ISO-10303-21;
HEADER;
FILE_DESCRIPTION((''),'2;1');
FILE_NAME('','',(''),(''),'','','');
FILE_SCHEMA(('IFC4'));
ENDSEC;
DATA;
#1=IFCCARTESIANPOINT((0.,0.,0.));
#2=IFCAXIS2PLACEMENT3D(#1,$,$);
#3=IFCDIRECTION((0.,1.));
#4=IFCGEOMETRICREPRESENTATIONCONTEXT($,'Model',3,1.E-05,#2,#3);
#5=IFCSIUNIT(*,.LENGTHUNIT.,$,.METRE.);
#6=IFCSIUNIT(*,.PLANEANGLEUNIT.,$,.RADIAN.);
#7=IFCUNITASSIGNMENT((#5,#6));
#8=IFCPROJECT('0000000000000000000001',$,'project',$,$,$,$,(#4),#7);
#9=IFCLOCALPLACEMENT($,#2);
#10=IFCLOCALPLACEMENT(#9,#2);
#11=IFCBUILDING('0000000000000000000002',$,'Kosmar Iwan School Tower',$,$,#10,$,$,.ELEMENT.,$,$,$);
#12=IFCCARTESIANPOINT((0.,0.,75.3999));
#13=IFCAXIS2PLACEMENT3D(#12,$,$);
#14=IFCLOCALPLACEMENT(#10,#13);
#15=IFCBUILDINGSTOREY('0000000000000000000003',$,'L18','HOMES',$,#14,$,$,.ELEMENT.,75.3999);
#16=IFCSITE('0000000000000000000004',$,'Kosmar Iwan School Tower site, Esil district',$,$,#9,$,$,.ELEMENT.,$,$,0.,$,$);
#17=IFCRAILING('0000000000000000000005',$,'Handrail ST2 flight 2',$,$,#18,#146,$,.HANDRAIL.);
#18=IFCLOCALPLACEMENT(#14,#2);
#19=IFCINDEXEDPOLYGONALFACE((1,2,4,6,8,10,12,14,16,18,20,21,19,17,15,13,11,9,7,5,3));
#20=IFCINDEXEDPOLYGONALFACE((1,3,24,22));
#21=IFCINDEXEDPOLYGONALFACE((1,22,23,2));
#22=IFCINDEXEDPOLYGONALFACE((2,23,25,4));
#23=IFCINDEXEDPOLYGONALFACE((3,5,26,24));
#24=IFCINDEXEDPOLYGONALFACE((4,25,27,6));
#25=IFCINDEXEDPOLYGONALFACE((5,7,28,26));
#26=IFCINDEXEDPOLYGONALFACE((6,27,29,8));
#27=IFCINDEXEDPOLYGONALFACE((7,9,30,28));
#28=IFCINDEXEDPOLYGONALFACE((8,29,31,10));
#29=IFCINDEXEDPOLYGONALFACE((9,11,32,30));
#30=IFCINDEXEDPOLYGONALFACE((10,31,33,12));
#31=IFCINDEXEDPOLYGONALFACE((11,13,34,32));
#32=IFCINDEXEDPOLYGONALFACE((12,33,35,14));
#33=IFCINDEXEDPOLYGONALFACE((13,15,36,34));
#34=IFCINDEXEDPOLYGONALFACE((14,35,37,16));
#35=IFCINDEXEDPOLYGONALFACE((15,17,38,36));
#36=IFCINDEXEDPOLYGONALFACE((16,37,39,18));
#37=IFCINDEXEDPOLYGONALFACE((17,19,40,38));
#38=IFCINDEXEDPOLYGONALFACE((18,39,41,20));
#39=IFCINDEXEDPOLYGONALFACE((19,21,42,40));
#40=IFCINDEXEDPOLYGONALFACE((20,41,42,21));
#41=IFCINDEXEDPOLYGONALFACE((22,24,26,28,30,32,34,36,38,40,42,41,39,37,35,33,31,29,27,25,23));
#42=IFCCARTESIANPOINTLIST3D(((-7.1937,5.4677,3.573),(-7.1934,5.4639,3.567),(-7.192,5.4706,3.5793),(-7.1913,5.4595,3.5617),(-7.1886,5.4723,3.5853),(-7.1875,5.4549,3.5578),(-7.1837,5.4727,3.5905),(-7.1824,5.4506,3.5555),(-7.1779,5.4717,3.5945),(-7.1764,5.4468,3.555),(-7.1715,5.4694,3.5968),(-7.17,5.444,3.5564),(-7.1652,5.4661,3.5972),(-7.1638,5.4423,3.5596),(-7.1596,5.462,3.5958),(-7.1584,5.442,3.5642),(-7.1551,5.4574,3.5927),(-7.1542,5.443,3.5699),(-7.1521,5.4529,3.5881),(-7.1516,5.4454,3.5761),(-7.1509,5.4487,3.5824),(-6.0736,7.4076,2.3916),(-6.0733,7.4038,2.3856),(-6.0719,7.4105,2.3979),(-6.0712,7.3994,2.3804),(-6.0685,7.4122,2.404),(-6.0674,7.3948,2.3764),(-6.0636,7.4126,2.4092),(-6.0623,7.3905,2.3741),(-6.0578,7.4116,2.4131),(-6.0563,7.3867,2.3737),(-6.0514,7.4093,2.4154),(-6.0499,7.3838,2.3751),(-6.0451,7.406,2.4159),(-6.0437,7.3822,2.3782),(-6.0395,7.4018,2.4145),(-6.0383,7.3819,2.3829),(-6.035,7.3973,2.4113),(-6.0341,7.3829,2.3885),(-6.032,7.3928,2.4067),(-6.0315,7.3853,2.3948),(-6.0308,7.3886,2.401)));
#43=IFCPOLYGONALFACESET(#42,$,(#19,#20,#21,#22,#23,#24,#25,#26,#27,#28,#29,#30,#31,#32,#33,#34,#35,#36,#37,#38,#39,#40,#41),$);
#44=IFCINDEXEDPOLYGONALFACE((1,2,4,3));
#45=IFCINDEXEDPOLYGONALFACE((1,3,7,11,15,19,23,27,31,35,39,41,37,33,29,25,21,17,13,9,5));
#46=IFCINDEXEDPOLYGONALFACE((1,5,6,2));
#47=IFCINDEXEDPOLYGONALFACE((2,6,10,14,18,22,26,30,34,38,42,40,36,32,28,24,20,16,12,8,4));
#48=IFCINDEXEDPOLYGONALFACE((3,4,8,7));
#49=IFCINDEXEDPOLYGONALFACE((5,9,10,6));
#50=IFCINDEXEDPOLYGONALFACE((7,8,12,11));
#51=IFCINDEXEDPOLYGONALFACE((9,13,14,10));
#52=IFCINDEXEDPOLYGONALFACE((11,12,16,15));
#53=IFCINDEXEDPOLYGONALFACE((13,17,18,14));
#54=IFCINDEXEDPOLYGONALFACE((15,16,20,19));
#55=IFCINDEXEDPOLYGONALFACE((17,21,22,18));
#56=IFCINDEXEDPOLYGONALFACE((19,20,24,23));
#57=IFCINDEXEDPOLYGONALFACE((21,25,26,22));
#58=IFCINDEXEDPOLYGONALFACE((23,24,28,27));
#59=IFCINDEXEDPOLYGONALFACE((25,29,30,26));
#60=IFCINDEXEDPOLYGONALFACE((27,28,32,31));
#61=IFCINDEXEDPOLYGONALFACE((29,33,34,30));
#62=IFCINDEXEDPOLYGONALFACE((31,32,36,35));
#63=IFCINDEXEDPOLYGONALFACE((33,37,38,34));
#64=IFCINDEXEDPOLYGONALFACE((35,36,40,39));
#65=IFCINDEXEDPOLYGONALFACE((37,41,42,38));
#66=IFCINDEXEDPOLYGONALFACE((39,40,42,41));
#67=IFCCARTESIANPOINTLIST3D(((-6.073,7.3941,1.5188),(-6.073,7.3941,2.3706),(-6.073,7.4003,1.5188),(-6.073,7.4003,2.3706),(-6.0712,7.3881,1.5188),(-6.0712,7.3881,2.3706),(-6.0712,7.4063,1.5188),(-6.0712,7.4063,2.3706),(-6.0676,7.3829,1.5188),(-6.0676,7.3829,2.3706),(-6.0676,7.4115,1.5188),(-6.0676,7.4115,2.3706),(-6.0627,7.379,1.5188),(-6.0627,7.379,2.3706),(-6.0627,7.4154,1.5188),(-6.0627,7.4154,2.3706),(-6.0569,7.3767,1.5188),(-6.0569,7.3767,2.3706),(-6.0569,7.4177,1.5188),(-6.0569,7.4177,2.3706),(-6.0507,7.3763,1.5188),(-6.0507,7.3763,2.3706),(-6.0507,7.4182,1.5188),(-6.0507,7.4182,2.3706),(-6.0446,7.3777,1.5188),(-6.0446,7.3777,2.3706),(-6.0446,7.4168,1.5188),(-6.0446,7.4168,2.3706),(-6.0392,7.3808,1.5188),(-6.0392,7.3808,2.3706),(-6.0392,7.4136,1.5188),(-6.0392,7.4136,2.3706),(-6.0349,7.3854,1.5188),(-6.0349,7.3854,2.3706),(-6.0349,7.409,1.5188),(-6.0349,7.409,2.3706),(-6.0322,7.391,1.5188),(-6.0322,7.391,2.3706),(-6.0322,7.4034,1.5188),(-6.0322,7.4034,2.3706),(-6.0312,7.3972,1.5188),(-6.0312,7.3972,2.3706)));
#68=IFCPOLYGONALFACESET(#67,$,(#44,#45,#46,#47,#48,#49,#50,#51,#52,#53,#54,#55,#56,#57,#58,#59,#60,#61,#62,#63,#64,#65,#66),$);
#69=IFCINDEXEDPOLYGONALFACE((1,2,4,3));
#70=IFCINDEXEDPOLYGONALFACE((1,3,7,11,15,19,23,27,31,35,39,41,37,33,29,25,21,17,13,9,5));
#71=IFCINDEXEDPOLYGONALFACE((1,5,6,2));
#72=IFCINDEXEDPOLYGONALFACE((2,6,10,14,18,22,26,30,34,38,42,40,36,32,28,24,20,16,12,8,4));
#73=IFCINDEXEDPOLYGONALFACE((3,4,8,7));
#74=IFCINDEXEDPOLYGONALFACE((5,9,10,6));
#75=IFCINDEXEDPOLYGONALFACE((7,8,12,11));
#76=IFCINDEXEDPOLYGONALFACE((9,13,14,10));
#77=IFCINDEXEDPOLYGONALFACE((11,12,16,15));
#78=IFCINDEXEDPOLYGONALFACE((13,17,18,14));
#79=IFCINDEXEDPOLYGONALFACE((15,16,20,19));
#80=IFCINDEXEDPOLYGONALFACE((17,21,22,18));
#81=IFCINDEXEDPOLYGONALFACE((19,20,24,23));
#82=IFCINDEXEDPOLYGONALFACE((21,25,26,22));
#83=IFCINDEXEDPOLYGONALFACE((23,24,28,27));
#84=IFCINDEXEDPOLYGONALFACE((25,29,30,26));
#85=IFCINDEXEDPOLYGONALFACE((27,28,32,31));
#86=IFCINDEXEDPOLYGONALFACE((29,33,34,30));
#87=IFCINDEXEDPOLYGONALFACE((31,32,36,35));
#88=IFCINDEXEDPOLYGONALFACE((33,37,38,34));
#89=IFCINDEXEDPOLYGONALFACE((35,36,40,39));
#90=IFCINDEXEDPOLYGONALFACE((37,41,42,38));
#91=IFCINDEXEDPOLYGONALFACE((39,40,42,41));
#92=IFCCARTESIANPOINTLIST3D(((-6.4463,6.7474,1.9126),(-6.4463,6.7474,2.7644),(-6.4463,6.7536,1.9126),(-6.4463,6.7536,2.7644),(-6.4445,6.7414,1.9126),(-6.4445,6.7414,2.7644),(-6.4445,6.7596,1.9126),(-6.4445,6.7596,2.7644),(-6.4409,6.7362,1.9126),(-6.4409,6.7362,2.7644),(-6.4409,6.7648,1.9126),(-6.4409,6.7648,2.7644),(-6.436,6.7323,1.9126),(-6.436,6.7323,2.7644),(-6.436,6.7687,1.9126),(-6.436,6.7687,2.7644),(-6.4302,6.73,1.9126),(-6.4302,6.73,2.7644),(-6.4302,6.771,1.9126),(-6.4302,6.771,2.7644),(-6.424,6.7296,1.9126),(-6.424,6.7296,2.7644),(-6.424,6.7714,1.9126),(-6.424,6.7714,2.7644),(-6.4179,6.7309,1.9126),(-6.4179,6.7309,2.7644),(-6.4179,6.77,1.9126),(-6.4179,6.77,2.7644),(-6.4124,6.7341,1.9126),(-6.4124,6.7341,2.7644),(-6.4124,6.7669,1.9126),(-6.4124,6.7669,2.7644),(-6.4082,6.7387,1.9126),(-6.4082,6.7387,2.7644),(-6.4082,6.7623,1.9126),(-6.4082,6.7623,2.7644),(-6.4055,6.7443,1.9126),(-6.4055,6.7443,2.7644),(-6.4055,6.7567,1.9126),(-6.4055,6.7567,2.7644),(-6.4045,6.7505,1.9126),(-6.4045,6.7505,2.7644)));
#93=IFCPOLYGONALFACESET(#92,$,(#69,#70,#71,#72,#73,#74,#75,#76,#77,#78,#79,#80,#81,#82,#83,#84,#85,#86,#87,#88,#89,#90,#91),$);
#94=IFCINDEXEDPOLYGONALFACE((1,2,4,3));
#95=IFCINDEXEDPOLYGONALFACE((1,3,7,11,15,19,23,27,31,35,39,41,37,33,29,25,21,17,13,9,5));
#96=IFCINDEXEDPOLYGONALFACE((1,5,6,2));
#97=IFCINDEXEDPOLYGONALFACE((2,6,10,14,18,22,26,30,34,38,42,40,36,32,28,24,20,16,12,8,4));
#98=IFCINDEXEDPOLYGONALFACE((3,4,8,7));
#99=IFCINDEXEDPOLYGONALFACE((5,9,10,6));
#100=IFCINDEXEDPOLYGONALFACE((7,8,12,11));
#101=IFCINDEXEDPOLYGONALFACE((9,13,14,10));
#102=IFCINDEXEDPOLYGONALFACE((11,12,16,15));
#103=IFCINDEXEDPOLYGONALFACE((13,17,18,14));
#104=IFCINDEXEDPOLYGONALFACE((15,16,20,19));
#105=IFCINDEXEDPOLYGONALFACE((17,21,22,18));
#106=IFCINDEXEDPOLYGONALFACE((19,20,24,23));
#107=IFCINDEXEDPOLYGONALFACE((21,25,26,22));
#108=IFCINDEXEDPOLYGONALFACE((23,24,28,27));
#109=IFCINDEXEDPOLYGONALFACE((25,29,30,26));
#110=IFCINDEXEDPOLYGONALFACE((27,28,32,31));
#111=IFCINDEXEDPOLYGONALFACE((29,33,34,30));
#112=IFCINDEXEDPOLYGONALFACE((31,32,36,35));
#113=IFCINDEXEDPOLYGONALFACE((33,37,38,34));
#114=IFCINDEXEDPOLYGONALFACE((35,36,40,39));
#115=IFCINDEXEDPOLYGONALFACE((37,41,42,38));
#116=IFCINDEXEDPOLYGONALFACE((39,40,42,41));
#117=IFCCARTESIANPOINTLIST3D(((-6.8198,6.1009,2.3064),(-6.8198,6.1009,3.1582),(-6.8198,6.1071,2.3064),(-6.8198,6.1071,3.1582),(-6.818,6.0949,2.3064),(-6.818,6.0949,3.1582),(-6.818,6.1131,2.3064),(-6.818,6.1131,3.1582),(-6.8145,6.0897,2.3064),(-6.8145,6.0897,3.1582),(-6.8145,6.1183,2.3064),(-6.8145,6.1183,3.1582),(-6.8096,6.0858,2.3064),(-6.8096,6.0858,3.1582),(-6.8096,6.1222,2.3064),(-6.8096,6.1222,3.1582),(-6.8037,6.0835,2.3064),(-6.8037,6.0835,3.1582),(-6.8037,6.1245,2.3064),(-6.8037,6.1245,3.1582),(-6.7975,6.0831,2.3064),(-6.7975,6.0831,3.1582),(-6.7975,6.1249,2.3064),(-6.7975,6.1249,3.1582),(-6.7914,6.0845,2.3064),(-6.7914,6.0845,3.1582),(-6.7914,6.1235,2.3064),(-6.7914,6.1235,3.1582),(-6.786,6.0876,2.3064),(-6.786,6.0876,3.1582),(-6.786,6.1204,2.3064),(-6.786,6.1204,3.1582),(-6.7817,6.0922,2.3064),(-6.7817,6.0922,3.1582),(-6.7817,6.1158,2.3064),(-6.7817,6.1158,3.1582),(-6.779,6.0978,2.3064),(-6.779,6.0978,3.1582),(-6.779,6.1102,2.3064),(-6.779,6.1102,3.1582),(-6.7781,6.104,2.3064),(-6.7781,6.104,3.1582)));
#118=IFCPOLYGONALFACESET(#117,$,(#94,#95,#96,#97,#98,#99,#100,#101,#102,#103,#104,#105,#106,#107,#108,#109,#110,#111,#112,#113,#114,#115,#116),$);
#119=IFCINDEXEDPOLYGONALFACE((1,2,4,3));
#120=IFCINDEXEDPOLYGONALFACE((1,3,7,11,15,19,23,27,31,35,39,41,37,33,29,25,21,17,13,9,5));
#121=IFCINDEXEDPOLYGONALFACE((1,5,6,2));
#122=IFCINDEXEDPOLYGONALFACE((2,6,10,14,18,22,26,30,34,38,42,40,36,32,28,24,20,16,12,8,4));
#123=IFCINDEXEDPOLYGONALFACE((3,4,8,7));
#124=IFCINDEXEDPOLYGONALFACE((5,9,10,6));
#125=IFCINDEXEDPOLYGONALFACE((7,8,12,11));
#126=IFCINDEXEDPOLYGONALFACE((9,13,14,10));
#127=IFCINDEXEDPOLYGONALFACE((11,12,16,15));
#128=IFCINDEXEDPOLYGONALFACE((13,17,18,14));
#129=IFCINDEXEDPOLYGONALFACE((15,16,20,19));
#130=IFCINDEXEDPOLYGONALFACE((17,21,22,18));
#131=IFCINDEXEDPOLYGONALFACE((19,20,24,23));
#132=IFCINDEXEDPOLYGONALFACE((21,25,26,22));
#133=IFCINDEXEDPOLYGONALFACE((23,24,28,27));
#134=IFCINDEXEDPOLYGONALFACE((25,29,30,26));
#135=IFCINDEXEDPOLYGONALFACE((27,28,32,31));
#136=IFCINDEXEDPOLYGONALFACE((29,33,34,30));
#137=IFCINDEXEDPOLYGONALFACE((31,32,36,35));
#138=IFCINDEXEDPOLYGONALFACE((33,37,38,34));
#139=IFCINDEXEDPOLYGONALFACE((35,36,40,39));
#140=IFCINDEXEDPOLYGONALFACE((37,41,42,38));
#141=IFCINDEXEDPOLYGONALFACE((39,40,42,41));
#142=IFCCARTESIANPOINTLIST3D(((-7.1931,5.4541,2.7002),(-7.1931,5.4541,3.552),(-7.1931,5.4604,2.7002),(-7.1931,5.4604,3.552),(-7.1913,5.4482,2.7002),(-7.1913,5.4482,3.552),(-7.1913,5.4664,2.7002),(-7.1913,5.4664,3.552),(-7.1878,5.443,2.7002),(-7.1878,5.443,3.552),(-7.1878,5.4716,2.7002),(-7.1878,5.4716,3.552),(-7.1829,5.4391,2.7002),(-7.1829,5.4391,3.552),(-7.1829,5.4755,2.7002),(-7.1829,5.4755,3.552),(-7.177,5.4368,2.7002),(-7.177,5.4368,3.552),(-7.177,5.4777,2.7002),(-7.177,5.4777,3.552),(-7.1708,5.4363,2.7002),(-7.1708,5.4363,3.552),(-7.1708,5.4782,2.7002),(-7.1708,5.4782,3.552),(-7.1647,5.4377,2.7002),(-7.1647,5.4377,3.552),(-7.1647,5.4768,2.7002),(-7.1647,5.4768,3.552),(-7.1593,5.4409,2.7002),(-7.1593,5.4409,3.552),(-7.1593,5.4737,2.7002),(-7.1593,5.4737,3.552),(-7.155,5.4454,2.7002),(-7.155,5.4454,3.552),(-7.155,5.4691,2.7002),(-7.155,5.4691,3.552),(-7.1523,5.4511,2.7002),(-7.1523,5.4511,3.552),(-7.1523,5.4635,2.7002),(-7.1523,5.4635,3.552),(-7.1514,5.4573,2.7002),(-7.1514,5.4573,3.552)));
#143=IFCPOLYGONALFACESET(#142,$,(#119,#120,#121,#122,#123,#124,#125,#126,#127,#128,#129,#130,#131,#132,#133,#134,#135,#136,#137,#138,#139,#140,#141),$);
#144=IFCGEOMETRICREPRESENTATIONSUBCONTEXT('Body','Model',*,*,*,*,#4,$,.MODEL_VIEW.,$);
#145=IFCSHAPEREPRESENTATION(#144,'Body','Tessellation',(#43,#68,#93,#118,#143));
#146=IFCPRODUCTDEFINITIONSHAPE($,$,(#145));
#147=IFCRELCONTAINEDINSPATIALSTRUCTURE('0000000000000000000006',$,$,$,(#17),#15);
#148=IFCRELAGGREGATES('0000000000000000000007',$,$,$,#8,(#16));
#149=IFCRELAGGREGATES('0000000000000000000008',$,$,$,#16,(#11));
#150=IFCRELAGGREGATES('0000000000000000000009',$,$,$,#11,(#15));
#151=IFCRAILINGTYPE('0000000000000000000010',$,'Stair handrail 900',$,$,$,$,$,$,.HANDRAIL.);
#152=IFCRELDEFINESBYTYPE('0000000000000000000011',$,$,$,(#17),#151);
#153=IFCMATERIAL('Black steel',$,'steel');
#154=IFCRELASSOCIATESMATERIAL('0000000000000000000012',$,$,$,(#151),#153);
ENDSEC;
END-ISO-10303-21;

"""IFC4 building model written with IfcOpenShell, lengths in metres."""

from ifc_helpers import new_model, si_unit, direction, frame, origin, origin_2d, place, context, subcontext, project, spatial, circle, extrude, material, type_object, element, save


model = new_model("IFC4")

# Units and contexts
model_context = context("Model", 3, precision=1e-05, world=origin(), true_north=direction((0.0, 1.0)))
body_context = subcontext(model_context, "Body", "Model", "MODEL_VIEW")
ifc_project = project(units=[si_unit("LENGTHUNIT", "METRE"), si_unit("PLANEANGLEUNIT", "RADIAN")], contexts=[model_context])

# Site, building, storey
site_placement = place(None, origin())
site = spatial("IfcSite", under=ifc_project, at=site_placement, Name="Kosmar Iwan School Tower site, Esil district", CompositionType="ELEMENT", RefElevation=0.0)
building_placement = place(site_placement, origin())
building = spatial("IfcBuilding", under=site, at=building_placement, Name="Kosmar Iwan School Tower", CompositionType="ELEMENT")
storey_placement = place(building_placement, frame((0.0, 0.0, 75.3999)))
storey = spatial("IfcBuildingStorey", under=building, at=storey_placement, Name="L18", Description="HOMES", CompositionType="ELEMENT", Elevation=75.3999)

# Railing
ifc_material_1 = material(Name="Black steel", Category="steel")
railing_type = type_object("IfcRailingType", Name="Stair handrail 900", PredefinedType="HANDRAIL", material=ifc_material_1)
for number, where, name in (
    (1, (-6.0522, 7.3972, 1.5188), "Handrail ST2 flight 2"),
):
    element("IfcRailing", number, at=place(storey_placement, frame(where)), inside=storey, type_object=railing_type, Name=name, PredefinedType="HANDRAIL", context=body_context, shape_type="SweptSolid", body=[
        extrude(circle(Radius=0.0239, at=origin_2d()), frame((0.0, 0.0, 0.876), z_axis=(-0.442291, -0.766008, 0.466488), x_axis=(0.866008, -0.500031, 0.0)), (0.0, 0.0, 1.0), 2.5325),
        extrude(circle(Radius=0.021, at=origin_2d()), origin(), (0.0, 0.0, 1.0), 0.8518),
        extrude(circle(Radius=0.021, at=origin_2d()), frame((-0.3733, -0.6467, 0.3938)), (0.0, 0.0, 1.0), 0.8518),
        extrude(circle(Radius=0.021, at=origin_2d()), frame((-0.7468, -1.2932, 0.7876)), (0.0, 0.0, 1.0), 0.8518),
        extrude(circle(Radius=0.021, at=origin_2d()), frame((-1.1201, -1.9399, 1.1814)), (0.0, 0.0, 1.0), 0.8518),
    ])

save(model, "model.ifc")
